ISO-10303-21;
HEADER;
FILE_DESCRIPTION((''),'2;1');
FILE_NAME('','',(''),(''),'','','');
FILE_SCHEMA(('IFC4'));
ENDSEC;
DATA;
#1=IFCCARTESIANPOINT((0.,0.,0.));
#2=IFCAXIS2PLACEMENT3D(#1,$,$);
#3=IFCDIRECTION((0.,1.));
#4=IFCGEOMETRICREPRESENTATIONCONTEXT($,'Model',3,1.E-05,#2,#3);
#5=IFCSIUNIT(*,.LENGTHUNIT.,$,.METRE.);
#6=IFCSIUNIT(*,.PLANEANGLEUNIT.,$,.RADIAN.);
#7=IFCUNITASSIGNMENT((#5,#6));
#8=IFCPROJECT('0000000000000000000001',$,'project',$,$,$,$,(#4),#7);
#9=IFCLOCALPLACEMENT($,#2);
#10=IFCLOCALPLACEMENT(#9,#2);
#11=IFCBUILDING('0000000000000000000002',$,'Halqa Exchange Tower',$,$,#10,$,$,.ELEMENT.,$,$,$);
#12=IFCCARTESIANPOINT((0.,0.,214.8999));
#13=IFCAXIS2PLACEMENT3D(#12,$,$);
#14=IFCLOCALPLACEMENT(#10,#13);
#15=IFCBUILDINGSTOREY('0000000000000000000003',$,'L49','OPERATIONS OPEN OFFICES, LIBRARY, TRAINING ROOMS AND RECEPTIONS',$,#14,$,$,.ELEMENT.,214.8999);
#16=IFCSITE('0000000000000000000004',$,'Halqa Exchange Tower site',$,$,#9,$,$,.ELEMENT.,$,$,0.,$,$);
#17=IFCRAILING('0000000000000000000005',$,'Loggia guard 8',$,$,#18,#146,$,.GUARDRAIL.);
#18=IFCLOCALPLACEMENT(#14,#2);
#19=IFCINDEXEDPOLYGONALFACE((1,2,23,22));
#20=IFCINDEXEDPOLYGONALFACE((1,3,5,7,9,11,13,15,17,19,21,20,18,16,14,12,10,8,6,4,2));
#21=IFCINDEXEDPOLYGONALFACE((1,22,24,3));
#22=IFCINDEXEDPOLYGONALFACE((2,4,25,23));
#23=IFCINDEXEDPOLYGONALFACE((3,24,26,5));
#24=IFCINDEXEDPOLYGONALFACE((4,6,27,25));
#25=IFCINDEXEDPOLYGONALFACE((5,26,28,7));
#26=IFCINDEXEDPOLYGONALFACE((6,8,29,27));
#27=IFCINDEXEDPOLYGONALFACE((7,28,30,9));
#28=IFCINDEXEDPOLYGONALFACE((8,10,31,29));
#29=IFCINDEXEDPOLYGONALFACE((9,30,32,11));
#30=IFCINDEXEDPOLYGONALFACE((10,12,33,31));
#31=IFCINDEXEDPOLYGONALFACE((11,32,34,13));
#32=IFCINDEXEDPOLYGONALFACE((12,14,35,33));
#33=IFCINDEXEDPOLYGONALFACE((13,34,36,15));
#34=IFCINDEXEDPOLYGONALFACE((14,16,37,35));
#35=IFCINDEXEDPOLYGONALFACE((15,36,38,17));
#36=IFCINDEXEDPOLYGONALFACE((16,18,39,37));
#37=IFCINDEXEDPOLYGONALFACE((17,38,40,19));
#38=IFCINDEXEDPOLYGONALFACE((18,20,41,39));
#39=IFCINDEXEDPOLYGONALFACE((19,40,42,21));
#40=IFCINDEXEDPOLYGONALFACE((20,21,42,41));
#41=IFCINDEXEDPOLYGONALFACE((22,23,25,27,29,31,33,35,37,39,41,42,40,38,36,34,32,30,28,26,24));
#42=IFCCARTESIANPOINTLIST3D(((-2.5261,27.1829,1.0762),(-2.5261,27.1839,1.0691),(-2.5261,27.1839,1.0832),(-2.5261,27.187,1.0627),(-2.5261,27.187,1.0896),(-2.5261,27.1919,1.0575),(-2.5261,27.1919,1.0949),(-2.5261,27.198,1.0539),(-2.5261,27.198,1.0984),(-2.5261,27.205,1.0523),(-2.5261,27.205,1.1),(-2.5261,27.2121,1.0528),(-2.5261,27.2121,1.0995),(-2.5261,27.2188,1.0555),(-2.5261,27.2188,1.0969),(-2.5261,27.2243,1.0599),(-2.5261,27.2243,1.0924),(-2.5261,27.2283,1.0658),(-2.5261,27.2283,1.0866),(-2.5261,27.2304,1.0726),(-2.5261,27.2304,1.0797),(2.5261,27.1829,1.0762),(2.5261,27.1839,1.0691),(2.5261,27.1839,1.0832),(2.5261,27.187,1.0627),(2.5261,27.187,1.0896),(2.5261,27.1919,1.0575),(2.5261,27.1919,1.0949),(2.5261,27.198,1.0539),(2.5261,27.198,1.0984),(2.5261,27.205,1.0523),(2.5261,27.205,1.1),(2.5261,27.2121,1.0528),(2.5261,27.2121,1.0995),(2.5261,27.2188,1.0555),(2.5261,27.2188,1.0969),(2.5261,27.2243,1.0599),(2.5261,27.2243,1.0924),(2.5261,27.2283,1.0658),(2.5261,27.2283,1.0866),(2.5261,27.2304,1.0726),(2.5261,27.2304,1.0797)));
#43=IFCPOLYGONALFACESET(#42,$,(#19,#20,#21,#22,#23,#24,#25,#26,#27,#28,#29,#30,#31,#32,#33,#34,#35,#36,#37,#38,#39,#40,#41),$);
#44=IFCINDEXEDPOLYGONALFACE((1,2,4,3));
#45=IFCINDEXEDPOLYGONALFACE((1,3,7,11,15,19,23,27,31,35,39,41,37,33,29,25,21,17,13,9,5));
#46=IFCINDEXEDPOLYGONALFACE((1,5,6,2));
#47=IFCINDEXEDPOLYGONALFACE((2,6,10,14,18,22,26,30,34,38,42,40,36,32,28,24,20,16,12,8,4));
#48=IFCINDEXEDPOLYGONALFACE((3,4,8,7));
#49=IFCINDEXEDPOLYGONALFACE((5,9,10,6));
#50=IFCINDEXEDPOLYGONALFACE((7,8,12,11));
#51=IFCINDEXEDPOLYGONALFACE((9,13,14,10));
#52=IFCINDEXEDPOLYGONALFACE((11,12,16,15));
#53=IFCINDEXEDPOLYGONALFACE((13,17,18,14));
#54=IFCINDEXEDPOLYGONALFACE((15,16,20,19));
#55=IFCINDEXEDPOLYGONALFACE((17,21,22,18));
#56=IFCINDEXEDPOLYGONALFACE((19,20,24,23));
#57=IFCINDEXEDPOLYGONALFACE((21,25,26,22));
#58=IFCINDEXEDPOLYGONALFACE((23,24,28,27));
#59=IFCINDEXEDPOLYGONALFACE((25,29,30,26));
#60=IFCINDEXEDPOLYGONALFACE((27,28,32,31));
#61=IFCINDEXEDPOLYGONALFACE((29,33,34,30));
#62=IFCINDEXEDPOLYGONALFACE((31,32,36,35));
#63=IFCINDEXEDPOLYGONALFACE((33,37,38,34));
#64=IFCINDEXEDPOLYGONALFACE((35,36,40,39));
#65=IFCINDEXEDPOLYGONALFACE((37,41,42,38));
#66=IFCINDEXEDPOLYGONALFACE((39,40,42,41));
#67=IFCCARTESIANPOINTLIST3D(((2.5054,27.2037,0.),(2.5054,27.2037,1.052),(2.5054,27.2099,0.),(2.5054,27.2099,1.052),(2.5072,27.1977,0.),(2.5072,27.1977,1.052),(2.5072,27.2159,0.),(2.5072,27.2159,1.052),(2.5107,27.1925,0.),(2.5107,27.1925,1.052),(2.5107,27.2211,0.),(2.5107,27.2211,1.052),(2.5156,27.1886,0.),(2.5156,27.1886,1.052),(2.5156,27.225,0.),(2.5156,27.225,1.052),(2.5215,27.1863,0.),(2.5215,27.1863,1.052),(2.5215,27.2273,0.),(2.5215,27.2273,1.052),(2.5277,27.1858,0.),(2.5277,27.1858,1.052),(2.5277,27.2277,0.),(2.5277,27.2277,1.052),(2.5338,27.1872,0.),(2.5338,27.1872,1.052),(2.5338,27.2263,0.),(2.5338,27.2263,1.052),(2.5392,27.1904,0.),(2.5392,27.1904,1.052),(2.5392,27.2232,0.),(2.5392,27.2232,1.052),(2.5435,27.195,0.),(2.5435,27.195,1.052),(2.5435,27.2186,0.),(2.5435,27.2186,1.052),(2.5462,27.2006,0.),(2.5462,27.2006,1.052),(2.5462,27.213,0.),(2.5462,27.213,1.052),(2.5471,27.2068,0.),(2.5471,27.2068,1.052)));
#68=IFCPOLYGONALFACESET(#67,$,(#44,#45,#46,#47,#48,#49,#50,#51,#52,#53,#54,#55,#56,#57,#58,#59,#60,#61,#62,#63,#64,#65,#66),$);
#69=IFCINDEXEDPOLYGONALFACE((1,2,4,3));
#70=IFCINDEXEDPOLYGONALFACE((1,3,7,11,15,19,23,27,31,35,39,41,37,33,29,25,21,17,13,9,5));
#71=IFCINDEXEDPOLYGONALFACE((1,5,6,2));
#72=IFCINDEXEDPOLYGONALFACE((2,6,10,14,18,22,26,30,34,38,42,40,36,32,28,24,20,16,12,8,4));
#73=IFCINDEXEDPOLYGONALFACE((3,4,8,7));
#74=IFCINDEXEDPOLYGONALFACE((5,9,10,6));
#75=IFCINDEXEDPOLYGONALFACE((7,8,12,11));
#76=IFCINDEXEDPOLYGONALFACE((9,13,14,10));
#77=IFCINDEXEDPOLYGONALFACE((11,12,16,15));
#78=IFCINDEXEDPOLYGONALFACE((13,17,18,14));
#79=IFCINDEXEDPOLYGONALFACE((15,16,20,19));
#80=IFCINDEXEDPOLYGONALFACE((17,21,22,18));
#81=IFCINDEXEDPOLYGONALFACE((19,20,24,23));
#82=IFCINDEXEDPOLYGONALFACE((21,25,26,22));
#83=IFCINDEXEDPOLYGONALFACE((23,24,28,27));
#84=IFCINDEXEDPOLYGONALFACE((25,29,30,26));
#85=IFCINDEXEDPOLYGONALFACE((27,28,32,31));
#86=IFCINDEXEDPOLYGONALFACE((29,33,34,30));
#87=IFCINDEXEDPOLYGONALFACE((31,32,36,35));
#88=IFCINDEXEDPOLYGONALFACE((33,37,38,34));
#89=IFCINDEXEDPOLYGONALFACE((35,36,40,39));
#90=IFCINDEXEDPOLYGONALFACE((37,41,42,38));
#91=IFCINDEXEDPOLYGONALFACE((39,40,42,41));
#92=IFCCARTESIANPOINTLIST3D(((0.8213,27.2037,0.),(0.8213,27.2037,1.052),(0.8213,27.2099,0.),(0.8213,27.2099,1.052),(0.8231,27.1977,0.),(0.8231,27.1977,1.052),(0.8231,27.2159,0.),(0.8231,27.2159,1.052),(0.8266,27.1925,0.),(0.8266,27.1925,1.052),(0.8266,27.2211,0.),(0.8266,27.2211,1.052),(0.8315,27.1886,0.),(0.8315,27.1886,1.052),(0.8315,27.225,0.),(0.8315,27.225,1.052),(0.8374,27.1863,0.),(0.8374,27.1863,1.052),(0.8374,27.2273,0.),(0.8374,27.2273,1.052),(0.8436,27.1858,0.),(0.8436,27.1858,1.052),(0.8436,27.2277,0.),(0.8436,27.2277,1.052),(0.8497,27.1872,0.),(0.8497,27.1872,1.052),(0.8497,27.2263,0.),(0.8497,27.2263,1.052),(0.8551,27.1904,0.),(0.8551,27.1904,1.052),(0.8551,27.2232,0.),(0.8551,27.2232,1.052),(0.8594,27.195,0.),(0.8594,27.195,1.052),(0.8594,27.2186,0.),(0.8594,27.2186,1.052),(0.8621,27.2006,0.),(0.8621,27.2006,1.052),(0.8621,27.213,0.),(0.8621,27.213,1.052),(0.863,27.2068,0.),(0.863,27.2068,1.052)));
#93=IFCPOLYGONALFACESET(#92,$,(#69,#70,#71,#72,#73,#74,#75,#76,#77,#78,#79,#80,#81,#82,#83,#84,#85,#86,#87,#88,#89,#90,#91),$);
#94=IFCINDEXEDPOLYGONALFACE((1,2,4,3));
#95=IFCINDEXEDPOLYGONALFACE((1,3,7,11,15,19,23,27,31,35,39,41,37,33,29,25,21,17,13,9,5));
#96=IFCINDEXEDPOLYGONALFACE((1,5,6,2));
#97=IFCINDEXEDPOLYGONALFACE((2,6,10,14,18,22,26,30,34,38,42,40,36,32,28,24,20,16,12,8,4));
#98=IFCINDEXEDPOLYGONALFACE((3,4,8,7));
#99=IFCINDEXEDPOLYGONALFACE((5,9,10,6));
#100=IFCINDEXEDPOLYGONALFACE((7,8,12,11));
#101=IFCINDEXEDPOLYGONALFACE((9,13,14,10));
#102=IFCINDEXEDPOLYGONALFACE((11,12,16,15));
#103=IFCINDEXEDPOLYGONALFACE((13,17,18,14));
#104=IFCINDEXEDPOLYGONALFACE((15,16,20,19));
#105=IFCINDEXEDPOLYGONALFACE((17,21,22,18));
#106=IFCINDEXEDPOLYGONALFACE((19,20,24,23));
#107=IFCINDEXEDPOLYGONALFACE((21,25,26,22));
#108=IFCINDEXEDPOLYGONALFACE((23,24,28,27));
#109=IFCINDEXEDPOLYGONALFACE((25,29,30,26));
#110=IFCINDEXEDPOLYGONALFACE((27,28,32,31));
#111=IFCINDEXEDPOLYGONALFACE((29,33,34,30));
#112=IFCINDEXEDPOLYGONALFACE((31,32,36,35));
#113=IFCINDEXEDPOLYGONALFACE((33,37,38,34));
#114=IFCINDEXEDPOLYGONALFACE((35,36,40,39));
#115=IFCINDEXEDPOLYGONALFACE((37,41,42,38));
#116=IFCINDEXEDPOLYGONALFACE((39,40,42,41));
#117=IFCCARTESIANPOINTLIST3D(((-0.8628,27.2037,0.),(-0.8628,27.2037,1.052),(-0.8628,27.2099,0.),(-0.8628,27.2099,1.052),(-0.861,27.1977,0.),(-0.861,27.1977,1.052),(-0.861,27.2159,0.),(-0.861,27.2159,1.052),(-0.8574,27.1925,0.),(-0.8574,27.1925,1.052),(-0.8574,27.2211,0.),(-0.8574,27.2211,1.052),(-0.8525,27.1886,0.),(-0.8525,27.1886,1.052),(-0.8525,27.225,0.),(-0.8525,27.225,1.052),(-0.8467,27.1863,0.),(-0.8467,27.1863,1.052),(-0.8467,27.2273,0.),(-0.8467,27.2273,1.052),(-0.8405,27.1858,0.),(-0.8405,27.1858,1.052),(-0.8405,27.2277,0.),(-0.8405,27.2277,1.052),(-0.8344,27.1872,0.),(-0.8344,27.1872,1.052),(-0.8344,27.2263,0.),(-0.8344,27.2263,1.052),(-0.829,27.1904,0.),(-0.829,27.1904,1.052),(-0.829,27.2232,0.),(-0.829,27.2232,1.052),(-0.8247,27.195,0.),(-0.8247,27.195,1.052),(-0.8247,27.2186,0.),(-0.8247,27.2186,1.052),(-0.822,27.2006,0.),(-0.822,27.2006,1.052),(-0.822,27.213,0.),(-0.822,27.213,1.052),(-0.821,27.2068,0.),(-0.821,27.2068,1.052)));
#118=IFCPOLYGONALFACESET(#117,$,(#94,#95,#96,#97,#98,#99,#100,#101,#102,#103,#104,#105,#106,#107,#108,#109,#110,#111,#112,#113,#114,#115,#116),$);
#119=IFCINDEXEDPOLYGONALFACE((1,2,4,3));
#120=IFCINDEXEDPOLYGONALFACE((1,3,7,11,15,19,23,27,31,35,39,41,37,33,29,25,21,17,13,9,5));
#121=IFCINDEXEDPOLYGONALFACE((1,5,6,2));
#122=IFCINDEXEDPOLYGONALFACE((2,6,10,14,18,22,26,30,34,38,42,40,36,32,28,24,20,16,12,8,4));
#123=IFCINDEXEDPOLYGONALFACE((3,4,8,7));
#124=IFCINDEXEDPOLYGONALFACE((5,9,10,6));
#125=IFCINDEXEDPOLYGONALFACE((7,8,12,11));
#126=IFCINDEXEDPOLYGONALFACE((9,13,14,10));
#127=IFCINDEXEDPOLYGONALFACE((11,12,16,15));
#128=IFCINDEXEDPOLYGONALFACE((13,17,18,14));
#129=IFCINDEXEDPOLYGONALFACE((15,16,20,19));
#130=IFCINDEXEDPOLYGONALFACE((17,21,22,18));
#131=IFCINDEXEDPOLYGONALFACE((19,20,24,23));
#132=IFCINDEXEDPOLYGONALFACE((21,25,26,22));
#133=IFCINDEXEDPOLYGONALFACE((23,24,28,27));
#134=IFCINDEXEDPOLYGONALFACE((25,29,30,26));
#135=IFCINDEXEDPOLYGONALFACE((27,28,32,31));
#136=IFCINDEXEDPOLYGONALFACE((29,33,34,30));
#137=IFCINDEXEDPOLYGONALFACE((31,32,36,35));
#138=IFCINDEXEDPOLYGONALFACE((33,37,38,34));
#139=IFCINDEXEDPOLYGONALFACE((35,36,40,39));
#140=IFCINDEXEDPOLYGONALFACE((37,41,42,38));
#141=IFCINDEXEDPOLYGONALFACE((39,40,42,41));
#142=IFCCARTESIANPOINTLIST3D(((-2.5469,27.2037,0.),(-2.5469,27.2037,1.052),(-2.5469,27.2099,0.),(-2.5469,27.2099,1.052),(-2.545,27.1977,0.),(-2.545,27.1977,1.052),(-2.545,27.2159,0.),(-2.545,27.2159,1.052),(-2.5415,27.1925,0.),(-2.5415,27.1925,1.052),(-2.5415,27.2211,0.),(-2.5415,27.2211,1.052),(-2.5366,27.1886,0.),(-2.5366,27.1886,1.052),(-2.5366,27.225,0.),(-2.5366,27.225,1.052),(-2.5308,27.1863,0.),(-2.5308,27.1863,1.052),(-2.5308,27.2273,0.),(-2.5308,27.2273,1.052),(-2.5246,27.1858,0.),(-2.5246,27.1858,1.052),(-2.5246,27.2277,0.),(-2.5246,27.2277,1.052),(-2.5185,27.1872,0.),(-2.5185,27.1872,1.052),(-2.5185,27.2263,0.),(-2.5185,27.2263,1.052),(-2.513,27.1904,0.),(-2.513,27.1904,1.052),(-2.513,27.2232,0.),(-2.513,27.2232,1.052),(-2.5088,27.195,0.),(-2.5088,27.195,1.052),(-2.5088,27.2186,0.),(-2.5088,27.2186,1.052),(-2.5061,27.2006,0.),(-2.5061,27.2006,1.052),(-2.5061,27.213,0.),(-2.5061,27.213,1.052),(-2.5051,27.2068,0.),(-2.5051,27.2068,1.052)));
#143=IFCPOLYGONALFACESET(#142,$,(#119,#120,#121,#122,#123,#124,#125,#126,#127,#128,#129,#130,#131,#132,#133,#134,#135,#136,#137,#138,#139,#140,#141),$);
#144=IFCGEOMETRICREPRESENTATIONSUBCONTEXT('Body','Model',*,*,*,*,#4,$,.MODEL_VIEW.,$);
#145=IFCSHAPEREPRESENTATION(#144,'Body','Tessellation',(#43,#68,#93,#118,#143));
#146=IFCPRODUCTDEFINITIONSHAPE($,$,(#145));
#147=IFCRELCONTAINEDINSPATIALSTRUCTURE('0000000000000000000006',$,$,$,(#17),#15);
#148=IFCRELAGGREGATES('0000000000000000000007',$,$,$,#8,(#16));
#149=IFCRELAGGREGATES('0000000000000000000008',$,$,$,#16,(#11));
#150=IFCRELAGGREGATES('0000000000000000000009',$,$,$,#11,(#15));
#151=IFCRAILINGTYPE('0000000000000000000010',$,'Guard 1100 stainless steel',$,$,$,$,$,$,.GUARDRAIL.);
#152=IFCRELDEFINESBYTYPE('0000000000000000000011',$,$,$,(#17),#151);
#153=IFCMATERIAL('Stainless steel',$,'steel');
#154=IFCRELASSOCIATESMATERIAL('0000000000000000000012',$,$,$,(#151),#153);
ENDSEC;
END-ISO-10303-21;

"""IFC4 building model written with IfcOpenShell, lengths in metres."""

from ifc_helpers import new_model, si_unit, direction, frame, origin, origin_2d, place, context, subcontext, project, spatial, circle, extrude, material, type_object, element, save


model = new_model("IFC4")

# Units and contexts
model_context = context("Model", 3, precision=1e-05, world=origin(), true_north=direction((0.0, 1.0)))
body_context = subcontext(model_context, "Body", "Model", "MODEL_VIEW")
ifc_project = project(units=[si_unit("LENGTHUNIT", "METRE"), si_unit("PLANEANGLEUNIT", "RADIAN")], contexts=[model_context])

# Site, building, storey
site_placement = place(None, origin())
site = spatial("IfcSite", under=ifc_project, at=site_placement, Name="Halqa Exchange Tower site", CompositionType="ELEMENT", RefElevation=0.0)
building_placement = place(site_placement, origin())
building = spatial("IfcBuilding", under=site, at=building_placement, Name="Halqa Exchange Tower", CompositionType="ELEMENT")
storey_placement = place(building_placement, frame((0.0, 0.0, 214.8999)))
storey = spatial("IfcBuildingStorey", under=building, at=storey_placement, Name="L49", Description="OPERATIONS OPEN OFFICES, LIBRARY, TRAINING ROOMS AND RECEPTIONS", CompositionType="ELEMENT", Elevation=214.8999)

# Railing
ifc_material_1 = material(Name="Stainless steel", Category="steel")
railing_type_1 = type_object("IfcRailingType", Name="Guard 1100 stainless steel", PredefinedType="GUARDRAIL", material=ifc_material_1)
railing_1_placement = place(storey_placement, frame((2.5261, 27.2068, 0.0)))
element("IfcRailing", 1, at=railing_1_placement, inside=storey, type_object=railing_type_1, Name="Loggia guard 8", PredefinedType="GUARDRAIL", context=body_context, shape_type="SweptSolid", body=[
    extrude(circle(Radius=0.0239, at=origin_2d()), frame((0.0, 0.0, 1.0762), z_axis=(-1.0, 0.0, 0.0), x_axis=(0.0, -1.0, 0.0)), (0.0, 0.0, 1.0), 5.0522),
    extrude(circle(Radius=0.021, at=origin_2d()), origin(), (0.0, 0.0, 1.0), 1.052),
    extrude(circle(Radius=0.021, at=origin_2d()), frame((-1.6841, 0.0, 0.0)), (0.0, 0.0, 1.0), 1.052),
    extrude(circle(Radius=0.021, at=origin_2d()), frame((-3.3682, 0.0, 0.0)), (0.0, 0.0, 1.0), 1.052),
    extrude(circle(Radius=0.021, at=origin_2d()), frame((-5.0522, 0.0, 0.0)), (0.0, 0.0, 1.0), 1.052),
])

save(model, "model.ifc")
